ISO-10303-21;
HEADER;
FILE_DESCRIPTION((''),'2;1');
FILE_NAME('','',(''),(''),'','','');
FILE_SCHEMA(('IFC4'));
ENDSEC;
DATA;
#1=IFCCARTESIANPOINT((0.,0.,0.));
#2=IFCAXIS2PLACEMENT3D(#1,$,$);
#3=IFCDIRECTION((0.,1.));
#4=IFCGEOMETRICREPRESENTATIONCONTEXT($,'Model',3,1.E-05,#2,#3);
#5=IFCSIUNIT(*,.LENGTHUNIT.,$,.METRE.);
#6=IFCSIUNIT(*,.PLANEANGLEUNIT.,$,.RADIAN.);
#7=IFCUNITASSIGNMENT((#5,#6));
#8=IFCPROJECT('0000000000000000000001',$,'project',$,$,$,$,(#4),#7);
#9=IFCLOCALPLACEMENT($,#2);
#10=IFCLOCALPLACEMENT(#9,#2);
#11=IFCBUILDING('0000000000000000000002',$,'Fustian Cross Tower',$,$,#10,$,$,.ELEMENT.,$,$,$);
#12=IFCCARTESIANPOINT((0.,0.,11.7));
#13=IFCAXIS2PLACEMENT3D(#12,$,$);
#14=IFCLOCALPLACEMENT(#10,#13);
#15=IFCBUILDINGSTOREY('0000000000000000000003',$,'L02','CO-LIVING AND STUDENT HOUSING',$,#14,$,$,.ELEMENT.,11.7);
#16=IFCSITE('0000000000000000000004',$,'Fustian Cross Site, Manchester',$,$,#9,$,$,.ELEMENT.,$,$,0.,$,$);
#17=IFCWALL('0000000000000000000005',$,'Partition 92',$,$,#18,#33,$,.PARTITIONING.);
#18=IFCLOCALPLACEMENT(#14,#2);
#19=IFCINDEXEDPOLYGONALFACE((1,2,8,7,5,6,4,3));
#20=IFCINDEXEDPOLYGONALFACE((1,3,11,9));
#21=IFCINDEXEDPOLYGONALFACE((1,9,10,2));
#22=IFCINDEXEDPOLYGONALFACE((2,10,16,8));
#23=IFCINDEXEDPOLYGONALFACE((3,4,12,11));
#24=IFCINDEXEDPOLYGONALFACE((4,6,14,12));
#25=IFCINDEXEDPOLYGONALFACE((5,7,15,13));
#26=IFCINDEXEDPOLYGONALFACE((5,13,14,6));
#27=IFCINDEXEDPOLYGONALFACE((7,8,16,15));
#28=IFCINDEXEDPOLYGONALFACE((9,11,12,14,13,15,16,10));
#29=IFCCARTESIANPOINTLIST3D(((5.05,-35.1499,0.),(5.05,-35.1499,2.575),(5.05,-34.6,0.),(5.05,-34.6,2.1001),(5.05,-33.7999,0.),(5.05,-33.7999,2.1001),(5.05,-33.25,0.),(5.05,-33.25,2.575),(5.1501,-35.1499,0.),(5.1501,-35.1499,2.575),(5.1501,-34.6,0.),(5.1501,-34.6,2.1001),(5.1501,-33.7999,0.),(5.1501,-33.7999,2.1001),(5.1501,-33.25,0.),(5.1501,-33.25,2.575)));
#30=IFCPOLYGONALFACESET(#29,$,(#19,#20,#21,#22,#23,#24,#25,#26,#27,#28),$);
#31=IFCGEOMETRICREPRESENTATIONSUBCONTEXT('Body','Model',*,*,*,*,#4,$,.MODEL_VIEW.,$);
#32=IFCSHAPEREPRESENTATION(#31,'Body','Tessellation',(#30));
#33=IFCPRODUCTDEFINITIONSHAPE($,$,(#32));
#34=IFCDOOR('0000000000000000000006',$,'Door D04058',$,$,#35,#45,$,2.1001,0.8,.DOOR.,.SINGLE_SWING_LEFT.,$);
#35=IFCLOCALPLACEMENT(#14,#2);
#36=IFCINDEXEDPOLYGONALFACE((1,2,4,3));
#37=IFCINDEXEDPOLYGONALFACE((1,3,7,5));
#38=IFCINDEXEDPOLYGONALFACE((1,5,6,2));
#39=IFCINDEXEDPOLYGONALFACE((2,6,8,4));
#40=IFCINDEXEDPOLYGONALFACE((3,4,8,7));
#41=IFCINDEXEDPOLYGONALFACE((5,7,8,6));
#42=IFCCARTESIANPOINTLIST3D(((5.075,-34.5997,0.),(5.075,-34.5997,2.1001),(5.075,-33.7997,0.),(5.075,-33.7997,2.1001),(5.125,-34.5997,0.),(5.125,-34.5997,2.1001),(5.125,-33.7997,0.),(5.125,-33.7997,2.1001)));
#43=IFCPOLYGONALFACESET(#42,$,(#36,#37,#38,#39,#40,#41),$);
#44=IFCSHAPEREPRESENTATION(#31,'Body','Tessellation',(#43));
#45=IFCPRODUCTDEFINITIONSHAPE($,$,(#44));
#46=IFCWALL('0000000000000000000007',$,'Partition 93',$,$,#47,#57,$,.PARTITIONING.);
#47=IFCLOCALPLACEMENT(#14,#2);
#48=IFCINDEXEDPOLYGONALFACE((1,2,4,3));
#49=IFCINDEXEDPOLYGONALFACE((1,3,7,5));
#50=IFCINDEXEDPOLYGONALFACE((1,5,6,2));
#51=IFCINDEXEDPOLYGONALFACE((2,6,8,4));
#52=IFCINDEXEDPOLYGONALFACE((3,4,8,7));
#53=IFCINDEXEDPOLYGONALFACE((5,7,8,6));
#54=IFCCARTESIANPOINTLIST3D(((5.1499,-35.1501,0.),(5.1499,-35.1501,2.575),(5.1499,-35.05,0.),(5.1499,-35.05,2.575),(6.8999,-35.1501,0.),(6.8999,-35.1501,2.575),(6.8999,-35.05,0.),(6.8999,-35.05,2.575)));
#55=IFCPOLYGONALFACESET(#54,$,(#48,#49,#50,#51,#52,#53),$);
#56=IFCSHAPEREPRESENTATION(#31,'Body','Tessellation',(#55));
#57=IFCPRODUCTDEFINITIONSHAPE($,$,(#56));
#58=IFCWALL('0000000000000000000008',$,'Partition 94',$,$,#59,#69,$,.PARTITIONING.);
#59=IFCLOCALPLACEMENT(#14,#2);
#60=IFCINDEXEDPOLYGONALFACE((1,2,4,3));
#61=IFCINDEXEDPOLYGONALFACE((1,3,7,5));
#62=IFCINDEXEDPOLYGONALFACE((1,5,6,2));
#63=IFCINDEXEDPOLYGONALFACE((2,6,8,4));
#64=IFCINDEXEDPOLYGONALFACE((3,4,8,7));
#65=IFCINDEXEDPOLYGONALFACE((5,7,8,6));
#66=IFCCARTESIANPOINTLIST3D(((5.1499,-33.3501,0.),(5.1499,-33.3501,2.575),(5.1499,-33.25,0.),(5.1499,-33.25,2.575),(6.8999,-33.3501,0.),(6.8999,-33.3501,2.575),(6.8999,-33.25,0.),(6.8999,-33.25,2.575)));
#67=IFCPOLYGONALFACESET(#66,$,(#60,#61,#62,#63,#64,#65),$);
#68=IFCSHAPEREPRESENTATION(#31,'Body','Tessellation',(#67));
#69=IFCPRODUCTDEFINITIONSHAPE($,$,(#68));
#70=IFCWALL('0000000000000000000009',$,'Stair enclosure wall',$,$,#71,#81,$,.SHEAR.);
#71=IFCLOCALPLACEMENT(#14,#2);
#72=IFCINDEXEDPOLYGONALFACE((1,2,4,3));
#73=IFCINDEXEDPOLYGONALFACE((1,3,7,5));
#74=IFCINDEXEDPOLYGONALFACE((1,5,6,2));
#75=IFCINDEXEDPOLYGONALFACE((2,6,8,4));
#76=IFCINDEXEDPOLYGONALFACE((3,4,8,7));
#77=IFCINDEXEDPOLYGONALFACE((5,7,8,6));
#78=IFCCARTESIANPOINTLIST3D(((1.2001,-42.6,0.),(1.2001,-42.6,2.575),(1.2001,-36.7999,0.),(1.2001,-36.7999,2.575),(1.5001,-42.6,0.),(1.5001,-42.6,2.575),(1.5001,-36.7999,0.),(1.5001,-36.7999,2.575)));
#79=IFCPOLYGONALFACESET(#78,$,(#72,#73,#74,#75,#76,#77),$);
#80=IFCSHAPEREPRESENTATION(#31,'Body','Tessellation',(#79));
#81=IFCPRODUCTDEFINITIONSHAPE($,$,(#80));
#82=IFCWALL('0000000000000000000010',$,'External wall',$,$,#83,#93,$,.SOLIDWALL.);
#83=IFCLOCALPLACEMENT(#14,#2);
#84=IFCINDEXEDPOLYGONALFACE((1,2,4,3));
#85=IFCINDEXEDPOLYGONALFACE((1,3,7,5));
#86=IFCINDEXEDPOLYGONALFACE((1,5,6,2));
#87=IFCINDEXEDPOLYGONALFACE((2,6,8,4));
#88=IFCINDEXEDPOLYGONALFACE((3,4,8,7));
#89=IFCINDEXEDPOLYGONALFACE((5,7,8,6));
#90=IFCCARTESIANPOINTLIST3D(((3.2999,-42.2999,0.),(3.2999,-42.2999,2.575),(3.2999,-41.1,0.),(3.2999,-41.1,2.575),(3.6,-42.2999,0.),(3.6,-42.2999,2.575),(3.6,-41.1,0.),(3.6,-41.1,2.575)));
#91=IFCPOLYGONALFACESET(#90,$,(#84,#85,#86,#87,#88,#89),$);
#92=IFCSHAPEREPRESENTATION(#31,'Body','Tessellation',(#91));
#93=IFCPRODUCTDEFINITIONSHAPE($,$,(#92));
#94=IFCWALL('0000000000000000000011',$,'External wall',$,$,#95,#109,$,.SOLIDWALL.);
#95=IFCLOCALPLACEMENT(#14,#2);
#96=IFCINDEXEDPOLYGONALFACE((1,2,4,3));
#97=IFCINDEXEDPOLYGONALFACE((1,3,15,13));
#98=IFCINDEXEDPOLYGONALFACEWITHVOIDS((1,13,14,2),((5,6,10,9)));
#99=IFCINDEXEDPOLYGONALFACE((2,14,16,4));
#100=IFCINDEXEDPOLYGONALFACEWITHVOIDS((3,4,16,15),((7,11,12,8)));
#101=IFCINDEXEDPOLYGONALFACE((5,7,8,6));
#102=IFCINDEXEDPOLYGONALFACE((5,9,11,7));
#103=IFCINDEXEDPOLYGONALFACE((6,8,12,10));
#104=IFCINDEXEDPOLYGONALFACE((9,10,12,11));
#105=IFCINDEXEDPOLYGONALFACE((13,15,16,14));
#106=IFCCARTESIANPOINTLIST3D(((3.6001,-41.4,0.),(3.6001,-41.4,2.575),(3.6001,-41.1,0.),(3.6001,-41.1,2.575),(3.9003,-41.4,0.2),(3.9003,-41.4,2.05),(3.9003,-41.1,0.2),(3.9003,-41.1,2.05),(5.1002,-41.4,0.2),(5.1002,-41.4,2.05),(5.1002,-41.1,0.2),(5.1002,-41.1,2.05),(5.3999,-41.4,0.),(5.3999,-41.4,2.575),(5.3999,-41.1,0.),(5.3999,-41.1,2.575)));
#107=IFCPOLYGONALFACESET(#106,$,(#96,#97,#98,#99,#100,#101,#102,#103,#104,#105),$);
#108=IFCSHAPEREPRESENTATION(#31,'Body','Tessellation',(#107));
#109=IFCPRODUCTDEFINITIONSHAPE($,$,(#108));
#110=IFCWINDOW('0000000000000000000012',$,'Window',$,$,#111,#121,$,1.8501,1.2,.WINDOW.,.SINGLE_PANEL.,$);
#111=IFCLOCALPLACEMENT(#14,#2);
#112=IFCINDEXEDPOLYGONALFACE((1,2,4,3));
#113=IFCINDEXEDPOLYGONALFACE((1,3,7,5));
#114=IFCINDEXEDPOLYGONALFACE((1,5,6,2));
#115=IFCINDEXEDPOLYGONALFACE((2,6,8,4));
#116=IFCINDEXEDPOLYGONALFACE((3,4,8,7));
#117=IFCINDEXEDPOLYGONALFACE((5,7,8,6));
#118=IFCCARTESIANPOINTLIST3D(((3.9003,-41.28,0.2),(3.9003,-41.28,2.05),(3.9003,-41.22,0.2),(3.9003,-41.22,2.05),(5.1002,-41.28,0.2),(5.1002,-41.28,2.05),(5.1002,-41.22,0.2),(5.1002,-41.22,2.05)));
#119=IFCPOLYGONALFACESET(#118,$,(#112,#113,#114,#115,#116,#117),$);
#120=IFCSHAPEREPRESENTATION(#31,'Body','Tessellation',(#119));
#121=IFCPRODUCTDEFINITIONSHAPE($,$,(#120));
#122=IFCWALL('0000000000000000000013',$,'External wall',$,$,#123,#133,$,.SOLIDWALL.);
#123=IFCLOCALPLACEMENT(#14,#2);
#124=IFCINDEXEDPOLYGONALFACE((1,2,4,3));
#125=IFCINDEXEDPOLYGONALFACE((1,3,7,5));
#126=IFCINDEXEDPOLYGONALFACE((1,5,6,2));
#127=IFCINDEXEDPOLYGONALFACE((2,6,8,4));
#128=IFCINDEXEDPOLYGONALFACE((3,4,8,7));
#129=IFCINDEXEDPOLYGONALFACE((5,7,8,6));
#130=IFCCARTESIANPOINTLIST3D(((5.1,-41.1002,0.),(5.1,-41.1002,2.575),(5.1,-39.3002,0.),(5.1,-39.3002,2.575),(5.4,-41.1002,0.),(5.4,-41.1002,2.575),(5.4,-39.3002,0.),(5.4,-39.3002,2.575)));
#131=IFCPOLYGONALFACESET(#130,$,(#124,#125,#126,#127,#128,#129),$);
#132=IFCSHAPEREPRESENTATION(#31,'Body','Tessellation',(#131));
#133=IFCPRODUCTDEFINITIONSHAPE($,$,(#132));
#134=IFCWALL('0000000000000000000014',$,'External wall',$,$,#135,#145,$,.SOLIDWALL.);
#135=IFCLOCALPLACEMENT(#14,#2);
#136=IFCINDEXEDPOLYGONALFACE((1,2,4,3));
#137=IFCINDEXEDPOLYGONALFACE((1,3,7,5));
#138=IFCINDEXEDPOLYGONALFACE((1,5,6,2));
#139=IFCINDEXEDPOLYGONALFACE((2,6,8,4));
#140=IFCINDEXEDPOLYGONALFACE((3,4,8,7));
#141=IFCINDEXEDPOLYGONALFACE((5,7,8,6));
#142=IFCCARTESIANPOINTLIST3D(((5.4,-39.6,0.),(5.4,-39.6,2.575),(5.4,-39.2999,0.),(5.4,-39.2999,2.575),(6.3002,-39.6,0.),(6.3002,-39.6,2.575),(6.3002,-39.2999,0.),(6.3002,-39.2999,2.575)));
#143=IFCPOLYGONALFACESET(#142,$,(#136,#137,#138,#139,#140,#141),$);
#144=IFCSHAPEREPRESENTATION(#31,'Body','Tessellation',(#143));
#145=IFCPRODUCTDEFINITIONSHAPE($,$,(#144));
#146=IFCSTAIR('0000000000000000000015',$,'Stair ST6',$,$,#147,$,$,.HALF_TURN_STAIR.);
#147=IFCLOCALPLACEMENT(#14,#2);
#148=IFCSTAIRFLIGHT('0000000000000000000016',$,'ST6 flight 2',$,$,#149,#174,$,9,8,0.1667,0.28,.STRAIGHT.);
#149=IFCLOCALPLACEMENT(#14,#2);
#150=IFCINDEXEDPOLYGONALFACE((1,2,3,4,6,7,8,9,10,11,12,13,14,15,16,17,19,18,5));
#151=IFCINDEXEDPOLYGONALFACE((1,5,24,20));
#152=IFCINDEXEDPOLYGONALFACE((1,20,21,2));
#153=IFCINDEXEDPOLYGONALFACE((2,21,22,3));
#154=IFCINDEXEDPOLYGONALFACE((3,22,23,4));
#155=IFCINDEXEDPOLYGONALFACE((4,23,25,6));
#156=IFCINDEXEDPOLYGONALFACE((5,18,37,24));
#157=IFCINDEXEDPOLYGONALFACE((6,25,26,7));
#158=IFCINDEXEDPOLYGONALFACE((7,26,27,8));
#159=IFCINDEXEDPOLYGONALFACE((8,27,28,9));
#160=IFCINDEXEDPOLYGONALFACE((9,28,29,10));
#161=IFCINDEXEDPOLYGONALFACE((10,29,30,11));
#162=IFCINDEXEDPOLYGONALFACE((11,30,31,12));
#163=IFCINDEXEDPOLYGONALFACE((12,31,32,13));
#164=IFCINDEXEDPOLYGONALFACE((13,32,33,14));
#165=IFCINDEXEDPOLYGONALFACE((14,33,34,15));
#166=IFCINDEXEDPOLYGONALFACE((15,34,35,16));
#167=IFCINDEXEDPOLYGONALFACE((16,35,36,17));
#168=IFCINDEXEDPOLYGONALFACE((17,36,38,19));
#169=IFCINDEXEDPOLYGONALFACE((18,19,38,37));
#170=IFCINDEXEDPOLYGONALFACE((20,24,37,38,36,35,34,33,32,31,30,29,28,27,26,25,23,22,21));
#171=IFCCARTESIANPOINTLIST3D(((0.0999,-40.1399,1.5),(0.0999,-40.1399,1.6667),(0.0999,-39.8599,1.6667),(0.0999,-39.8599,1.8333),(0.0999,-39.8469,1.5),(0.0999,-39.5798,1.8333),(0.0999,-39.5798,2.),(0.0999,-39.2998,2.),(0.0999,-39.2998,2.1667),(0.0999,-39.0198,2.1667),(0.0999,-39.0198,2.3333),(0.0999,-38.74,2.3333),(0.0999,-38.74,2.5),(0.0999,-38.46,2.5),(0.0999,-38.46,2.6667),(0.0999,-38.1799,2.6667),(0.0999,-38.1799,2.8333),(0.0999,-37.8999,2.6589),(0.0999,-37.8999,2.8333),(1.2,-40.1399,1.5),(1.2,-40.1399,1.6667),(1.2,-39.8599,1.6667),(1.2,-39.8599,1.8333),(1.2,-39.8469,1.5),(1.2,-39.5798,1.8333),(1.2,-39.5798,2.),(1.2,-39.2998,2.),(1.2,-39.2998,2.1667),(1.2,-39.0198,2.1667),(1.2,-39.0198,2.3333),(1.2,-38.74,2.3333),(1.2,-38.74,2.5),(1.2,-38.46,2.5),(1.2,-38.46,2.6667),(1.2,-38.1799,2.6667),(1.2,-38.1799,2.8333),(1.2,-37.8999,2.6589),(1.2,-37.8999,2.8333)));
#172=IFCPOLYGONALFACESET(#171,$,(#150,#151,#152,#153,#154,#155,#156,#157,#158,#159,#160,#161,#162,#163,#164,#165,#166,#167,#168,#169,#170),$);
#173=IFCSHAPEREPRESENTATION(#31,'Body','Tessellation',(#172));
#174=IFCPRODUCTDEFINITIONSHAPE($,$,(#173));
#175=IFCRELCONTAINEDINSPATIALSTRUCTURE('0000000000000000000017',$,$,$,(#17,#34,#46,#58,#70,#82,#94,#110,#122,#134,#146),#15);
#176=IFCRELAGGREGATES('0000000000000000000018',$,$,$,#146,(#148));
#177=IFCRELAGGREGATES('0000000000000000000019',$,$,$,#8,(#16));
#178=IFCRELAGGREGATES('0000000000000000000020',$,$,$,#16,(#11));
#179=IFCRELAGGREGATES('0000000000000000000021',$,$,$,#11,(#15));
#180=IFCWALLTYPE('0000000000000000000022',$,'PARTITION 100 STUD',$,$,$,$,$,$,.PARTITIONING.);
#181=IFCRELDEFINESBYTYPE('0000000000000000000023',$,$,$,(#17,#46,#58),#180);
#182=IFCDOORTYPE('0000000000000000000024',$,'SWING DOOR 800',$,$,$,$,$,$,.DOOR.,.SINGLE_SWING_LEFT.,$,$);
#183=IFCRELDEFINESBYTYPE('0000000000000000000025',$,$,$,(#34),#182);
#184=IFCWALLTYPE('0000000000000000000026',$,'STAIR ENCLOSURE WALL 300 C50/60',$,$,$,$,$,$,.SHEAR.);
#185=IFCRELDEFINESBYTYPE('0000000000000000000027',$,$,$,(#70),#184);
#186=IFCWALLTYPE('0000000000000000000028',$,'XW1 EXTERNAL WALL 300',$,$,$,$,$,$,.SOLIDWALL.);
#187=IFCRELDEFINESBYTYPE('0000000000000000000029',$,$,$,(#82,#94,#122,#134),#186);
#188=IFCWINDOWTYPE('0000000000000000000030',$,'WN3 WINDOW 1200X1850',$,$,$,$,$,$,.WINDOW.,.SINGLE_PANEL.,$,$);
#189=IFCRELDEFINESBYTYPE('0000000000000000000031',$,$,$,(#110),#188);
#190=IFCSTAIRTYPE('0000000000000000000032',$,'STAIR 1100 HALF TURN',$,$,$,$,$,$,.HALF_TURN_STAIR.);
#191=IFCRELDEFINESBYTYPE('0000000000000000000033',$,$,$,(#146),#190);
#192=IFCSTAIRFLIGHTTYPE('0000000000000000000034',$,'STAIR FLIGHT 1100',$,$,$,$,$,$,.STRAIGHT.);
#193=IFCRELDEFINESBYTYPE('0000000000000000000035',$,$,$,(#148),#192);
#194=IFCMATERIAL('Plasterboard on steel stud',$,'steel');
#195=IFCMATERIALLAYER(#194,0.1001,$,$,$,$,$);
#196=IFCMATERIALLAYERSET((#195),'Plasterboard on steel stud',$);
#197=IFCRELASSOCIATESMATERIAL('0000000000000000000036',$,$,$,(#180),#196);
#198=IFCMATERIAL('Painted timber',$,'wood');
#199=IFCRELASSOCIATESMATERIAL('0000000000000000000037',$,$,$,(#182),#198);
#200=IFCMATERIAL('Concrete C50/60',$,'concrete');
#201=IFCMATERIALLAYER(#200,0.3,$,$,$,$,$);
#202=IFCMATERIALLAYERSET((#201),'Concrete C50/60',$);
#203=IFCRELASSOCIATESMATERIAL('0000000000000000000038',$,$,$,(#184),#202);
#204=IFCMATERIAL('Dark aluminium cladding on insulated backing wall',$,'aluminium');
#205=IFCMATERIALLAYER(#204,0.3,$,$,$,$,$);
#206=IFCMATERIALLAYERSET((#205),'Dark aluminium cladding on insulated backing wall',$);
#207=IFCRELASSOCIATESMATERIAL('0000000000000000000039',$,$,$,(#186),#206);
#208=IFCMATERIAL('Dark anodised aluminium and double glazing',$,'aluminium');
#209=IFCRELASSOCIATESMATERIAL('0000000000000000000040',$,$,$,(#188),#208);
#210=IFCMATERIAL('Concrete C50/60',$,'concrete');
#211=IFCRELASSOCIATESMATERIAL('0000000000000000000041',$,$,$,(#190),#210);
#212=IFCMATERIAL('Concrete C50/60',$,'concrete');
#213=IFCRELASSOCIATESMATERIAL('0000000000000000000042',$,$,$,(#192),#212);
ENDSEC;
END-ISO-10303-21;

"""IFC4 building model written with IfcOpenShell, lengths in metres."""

from ifc_helpers import new_model, si_unit, direction, frame, frame_2d, origin, place, context, subcontext, project, spatial, polyline, rectangle, outline, extrude, material, layer, layer_set, type_object, element, fill, aggregate, save


model = new_model("IFC4")

# Units and contexts
model_context = context("Model", 3, precision=1e-05, world=origin(), true_north=direction((0.0, 1.0)))
body_context = subcontext(model_context, "Body", "Model", "MODEL_VIEW")
ifc_project = project(units=[si_unit("LENGTHUNIT", "METRE"), si_unit("PLANEANGLEUNIT", "RADIAN")], contexts=[model_context])

# Site, building, storey
site_placement = place(None, origin())
site = spatial("IfcSite", under=ifc_project, at=site_placement, Name="Fustian Cross Site, Manchester", CompositionType="ELEMENT", RefElevation=0.0)
building_placement = place(site_placement, origin())
building = spatial("IfcBuilding", under=site, at=building_placement, Name="Fustian Cross Tower", CompositionType="ELEMENT")
storey_placement = place(building_placement, frame((0.0, 0.0, 11.7)))
storey = spatial("IfcBuildingStorey", under=building, at=storey_placement, Name="L02", Description="CO-LIVING AND STUDENT HOUSING", CompositionType="ELEMENT", Elevation=11.7)

# Wall, opening, door
ifc_material_1 = material(Name="Plasterboard on steel stud", Category="steel")
ifc_layer_1 = layer(ifc_material_1, 0.1001)
ifc_layer_set_1 = layer_set([ifc_layer_1], Name="Plasterboard on steel stud")
wall_type_1 = type_object("IfcWallType", Name="PARTITION 100 STUD", PredefinedType="PARTITIONING", material=ifc_layer_set_1)
wall_1_placement = place(storey_placement, frame((5.1001, -35.1499, 0.0), z_axis=(0.0, 0.0, 1.0), x_axis=(0.0, 1.0, 0.0)))
wall_1 = element("IfcWall", 1, at=wall_1_placement, inside=storey, type_object=wall_type_1, Name="Partition 92", PredefinedType="PARTITIONING", context=body_context, shape_type="SweptSolid", body=[
    extrude(rectangle(XDim=1.8999, YDim=0.1001, at=frame_2d((0.95, 0.0))), origin(), (0.0, 0.0, 1.0), 2.575),
])
opening_1_placement = place(wall_1_placement, frame((0.55, 0.0, 0.0)))
opening_1 = element("IfcOpeningElement", 2, at=opening_1_placement, cuts=wall_1, PredefinedType="OPENING", context=body_context, shape_type="SweptSolid", body=[
    extrude(rectangle(XDim=0.8, YDim=2.1001, at=frame_2d((0.3999, 1.05))), frame((0.0, 0.0601, 0.0), z_axis=(0.0, -1.0, 0.0), x_axis=(1.0, 0.0, 0.0)), (0.0, 0.0, 1.0), 0.1201),
])
ifc_material_2 = material(Name="Painted timber", Category="wood")
door_type_1 = type_object("IfcDoorType", Name="SWING DOOR 800", OperationType="SINGLE_SWING_LEFT", PredefinedType="DOOR", material=ifc_material_2)
door_1_placement = place(opening_1_placement, frame((0.8, 0.0, 0.0), z_axis=(0.0, 0.0, 1.0), x_axis=(-1.0, 0.0, 0.0)))
door_1 = element("IfcDoor", 3, at=door_1_placement, inside=storey, type_object=door_type_1, Name="Door D04058", OperationType="SINGLE_SWING_LEFT", OverallHeight=2.1001, OverallWidth=0.8, PredefinedType="DOOR", context=body_context, shape_type="SweptSolid", body=[
    extrude(rectangle(XDim=0.8, YDim=2.1001, at=frame_2d((0.3999, 1.05))), frame((0.0, 0.0249, 0.0), z_axis=(0.0, -1.0, 0.0), x_axis=(1.0, 0.0, 0.0)), (0.0, 0.0, 1.0), 0.05),
])
fill(opening_1, door_1)

# Walls
for number, where, z_axis, x_axis, name in (
    (4, (5.1499, -35.1001, 0.0), (0.0, 0.0, 1.0), (1.0, 0.0, 0.0), "Partition 93"),
    (5, (5.1499, -33.3, 0.0), (0.0, 0.0, 1.0), (1.0, 0.0, 0.0), "Partition 94"),
):
    element("IfcWall", number, at=place(storey_placement, frame(where, z_axis=z_axis, x_axis=x_axis)), inside=storey, type_object=wall_type_1, Name=name, PredefinedType="PARTITIONING", context=body_context, shape_type="SweptSolid", body=[
        extrude(rectangle(XDim=1.75, YDim=0.1001, at=frame_2d((0.875, 0.0))), origin(), (0.0, 0.0, 1.0), 2.575),
    ])
ifc_material_3 = material(Name="Concrete C50/60", Category="concrete")
ifc_layer_2 = layer(ifc_material_3, 0.3)
ifc_layer_set_2 = layer_set([ifc_layer_2], Name="Concrete C50/60")
wall_type_2 = type_object("IfcWallType", Name="STAIR ENCLOSURE WALL 300 C50/60", PredefinedType="SHEAR", material=ifc_layer_set_2)
wall_2_placement = place(storey_placement, frame((1.3501, -36.8, 0.0), z_axis=(0.0, 0.0, 1.0), x_axis=(0.0, -1.0, 0.0)))
element("IfcWall", 6, at=wall_2_placement, inside=storey, type_object=wall_type_2, Name="Stair enclosure wall", PredefinedType="SHEAR", context=body_context, shape_type="SweptSolid", body=[
    extrude(rectangle(XDim=5.8, YDim=0.3, at=frame_2d((2.8999, 0.0))), origin(), (0.0, 0.0, 1.0), 2.575),
])
ifc_material_4 = material(Name="Dark aluminium cladding on insulated backing wall", Category="aluminium")
ifc_layer_3 = layer(ifc_material_4, 0.3)
ifc_layer_set_3 = layer_set([ifc_layer_3], Name="Dark aluminium cladding on insulated backing wall")
wall_type_3 = type_object("IfcWallType", Name="XW1 EXTERNAL WALL 300", PredefinedType="SOLIDWALL", material=ifc_layer_set_3)
wall_3_placement = place(storey_placement, frame((3.45, -42.3, 0.0), z_axis=(0.0, 0.0, 1.0), x_axis=(0.0, 1.0, 0.0)))
element("IfcWall", 7, at=wall_3_placement, inside=storey, type_object=wall_type_3, Name="External wall", PredefinedType="SOLIDWALL", context=body_context, shape_type="SweptSolid", body=[
    extrude(rectangle(XDim=1.2, YDim=0.3, at=frame_2d((0.6001, 0.0))), origin(), (0.0, 0.0, 1.0), 2.575),
])

# Wall, opening, window
wall_4_placement = place(storey_placement, frame((3.6001, -41.25, 0.0), z_axis=(0.0, 0.0, 1.0), x_axis=(1.0, 0.0, 0.0)))
wall_4 = element("IfcWall", 8, at=wall_4_placement, inside=storey, type_object=wall_type_3, Name="External wall", PredefinedType="SOLIDWALL", context=body_context, shape_type="SweptSolid", body=[
    extrude(rectangle(XDim=1.7998, YDim=0.3, at=frame_2d((0.8999, 0.0))), origin(), (0.0, 0.0, 1.0), 2.575),
])
opening_2_placement = place(wall_4_placement, frame((0.3, 0.0, 0.2)))
opening_2 = element("IfcOpeningElement", 9, at=opening_2_placement, cuts=wall_4, PredefinedType="OPENING", context=body_context, shape_type="SweptSolid", body=[
    extrude(rectangle(XDim=1.2, YDim=1.8501, at=frame_2d((0.6001, 0.925))), frame((0.0, 0.1599, 0.0), z_axis=(0.0, -1.0, 0.0), x_axis=(1.0, 0.0, 0.0)), (0.0, 0.0, 1.0), 0.3201),
])
ifc_material_5 = material(Name="Dark anodised aluminium and double glazing", Category="aluminium")
window_type = type_object("IfcWindowType", Name="WN3 WINDOW 1200X1850", PartitioningType="SINGLE_PANEL", PredefinedType="WINDOW", material=ifc_material_5)
window_placement = place(opening_2_placement, origin())
window = element("IfcWindow", 10, at=window_placement, inside=storey, type_object=window_type, Name="Window", OverallHeight=1.8501, OverallWidth=1.2, PartitioningType="SINGLE_PANEL", PredefinedType="WINDOW", context=body_context, shape_type="SweptSolid", body=[
    extrude(rectangle(XDim=1.2, YDim=1.8501, at=frame_2d((0.6001, 0.925))), frame((0.0, 0.03, 0.0), z_axis=(0.0, -1.0, 0.0), x_axis=(1.0, 0.0, 0.0)), (0.0, 0.0, 1.0), 0.0601),
])
fill(opening_2, window)

# Walls
wall_5_placement = place(storey_placement, frame((5.25, -41.1001, 0.0), z_axis=(0.0, 0.0, 1.0), x_axis=(0.0, 1.0, 0.0)))
element("IfcWall", 11, at=wall_5_placement, inside=storey, type_object=wall_type_3, Name="External wall", PredefinedType="SOLIDWALL", context=body_context, shape_type="SweptSolid", body=[
    extrude(rectangle(XDim=1.8, YDim=0.3, at=frame_2d((0.8999, 0.0))), origin(), (0.0, 0.0, 1.0), 2.575),
])
wall_6_placement = place(storey_placement, frame((5.3999, -39.45, 0.0), z_axis=(0.0, 0.0, 1.0), x_axis=(1.0, 0.0, 0.0)))
element("IfcWall", 12, at=wall_6_placement, inside=storey, type_object=wall_type_3, Name="External wall", PredefinedType="SOLIDWALL", context=body_context, shape_type="SweptSolid", body=[
    extrude(rectangle(XDim=0.9001, YDim=0.3, at=frame_2d((0.4502, 0.0))), origin(), (0.0, 0.0, 1.0), 2.575),
])

# Stair, stair flight
ifc_material_6 = material(Name="Concrete C50/60", Category="concrete")
stair_type = type_object("IfcStairType", Name="STAIR 1100 HALF TURN", PredefinedType="HALF_TURN_STAIR", material=ifc_material_6)
stair_placement = place(storey_placement, origin())
stair = element("IfcStair", 13, at=stair_placement, inside=storey, type_object=stair_type, Name="Stair ST6", PredefinedType="HALF_TURN_STAIR")
ifc_material_7 = material(Name="Concrete C50/60", Category="concrete")
stair_flight_type = type_object("IfcStairFlightType", Name="STAIR FLIGHT 1100", PredefinedType="STRAIGHT", material=ifc_material_7)
stair_flight_placement = place(storey_placement, frame((0.6499, -40.1399, 1.5), z_axis=(0.0, 0.0, 1.0), x_axis=(0.0, 1.0, 0.0)))
stair_flight = element("IfcStairFlight", 14, at=stair_flight_placement, type_object=stair_flight_type, Name="ST6 flight 2", NumberOfRisers=9, NumberOfTreads=8, PredefinedType="STRAIGHT", RiserHeight=0.1667, TreadLength=0.28, context=body_context, shape_type="SweptSolid", body=[
    extrude(outline(polyline([(0.0, 0.0), (0.0, 0.1667), (0.28, 0.1667), (0.28, 0.3333), (0.5601, 0.3333), (0.5601, 0.5), (0.8401, 0.5), (0.8401, 0.6667), (1.1201, 0.6667), (1.1201, 0.8333), (1.3999, 0.8333), (1.3999, 1.0), (1.6799, 1.0), (1.6799, 1.1667), (1.96, 1.1667), (1.96, 1.3333), (2.24, 1.3333), (2.24, 1.5), (2.24, 1.1589), (0.293, 0.0), (0.0, 0.0)])), frame((0.0, 0.55, 0.0), z_axis=(0.0, -1.0, 0.0), x_axis=(1.0, 0.0, 0.0)), (0.0, 0.0, 1.0), 1.1001),
])
aggregate(stair, [stair_flight])

save(model, "model.ifc")
